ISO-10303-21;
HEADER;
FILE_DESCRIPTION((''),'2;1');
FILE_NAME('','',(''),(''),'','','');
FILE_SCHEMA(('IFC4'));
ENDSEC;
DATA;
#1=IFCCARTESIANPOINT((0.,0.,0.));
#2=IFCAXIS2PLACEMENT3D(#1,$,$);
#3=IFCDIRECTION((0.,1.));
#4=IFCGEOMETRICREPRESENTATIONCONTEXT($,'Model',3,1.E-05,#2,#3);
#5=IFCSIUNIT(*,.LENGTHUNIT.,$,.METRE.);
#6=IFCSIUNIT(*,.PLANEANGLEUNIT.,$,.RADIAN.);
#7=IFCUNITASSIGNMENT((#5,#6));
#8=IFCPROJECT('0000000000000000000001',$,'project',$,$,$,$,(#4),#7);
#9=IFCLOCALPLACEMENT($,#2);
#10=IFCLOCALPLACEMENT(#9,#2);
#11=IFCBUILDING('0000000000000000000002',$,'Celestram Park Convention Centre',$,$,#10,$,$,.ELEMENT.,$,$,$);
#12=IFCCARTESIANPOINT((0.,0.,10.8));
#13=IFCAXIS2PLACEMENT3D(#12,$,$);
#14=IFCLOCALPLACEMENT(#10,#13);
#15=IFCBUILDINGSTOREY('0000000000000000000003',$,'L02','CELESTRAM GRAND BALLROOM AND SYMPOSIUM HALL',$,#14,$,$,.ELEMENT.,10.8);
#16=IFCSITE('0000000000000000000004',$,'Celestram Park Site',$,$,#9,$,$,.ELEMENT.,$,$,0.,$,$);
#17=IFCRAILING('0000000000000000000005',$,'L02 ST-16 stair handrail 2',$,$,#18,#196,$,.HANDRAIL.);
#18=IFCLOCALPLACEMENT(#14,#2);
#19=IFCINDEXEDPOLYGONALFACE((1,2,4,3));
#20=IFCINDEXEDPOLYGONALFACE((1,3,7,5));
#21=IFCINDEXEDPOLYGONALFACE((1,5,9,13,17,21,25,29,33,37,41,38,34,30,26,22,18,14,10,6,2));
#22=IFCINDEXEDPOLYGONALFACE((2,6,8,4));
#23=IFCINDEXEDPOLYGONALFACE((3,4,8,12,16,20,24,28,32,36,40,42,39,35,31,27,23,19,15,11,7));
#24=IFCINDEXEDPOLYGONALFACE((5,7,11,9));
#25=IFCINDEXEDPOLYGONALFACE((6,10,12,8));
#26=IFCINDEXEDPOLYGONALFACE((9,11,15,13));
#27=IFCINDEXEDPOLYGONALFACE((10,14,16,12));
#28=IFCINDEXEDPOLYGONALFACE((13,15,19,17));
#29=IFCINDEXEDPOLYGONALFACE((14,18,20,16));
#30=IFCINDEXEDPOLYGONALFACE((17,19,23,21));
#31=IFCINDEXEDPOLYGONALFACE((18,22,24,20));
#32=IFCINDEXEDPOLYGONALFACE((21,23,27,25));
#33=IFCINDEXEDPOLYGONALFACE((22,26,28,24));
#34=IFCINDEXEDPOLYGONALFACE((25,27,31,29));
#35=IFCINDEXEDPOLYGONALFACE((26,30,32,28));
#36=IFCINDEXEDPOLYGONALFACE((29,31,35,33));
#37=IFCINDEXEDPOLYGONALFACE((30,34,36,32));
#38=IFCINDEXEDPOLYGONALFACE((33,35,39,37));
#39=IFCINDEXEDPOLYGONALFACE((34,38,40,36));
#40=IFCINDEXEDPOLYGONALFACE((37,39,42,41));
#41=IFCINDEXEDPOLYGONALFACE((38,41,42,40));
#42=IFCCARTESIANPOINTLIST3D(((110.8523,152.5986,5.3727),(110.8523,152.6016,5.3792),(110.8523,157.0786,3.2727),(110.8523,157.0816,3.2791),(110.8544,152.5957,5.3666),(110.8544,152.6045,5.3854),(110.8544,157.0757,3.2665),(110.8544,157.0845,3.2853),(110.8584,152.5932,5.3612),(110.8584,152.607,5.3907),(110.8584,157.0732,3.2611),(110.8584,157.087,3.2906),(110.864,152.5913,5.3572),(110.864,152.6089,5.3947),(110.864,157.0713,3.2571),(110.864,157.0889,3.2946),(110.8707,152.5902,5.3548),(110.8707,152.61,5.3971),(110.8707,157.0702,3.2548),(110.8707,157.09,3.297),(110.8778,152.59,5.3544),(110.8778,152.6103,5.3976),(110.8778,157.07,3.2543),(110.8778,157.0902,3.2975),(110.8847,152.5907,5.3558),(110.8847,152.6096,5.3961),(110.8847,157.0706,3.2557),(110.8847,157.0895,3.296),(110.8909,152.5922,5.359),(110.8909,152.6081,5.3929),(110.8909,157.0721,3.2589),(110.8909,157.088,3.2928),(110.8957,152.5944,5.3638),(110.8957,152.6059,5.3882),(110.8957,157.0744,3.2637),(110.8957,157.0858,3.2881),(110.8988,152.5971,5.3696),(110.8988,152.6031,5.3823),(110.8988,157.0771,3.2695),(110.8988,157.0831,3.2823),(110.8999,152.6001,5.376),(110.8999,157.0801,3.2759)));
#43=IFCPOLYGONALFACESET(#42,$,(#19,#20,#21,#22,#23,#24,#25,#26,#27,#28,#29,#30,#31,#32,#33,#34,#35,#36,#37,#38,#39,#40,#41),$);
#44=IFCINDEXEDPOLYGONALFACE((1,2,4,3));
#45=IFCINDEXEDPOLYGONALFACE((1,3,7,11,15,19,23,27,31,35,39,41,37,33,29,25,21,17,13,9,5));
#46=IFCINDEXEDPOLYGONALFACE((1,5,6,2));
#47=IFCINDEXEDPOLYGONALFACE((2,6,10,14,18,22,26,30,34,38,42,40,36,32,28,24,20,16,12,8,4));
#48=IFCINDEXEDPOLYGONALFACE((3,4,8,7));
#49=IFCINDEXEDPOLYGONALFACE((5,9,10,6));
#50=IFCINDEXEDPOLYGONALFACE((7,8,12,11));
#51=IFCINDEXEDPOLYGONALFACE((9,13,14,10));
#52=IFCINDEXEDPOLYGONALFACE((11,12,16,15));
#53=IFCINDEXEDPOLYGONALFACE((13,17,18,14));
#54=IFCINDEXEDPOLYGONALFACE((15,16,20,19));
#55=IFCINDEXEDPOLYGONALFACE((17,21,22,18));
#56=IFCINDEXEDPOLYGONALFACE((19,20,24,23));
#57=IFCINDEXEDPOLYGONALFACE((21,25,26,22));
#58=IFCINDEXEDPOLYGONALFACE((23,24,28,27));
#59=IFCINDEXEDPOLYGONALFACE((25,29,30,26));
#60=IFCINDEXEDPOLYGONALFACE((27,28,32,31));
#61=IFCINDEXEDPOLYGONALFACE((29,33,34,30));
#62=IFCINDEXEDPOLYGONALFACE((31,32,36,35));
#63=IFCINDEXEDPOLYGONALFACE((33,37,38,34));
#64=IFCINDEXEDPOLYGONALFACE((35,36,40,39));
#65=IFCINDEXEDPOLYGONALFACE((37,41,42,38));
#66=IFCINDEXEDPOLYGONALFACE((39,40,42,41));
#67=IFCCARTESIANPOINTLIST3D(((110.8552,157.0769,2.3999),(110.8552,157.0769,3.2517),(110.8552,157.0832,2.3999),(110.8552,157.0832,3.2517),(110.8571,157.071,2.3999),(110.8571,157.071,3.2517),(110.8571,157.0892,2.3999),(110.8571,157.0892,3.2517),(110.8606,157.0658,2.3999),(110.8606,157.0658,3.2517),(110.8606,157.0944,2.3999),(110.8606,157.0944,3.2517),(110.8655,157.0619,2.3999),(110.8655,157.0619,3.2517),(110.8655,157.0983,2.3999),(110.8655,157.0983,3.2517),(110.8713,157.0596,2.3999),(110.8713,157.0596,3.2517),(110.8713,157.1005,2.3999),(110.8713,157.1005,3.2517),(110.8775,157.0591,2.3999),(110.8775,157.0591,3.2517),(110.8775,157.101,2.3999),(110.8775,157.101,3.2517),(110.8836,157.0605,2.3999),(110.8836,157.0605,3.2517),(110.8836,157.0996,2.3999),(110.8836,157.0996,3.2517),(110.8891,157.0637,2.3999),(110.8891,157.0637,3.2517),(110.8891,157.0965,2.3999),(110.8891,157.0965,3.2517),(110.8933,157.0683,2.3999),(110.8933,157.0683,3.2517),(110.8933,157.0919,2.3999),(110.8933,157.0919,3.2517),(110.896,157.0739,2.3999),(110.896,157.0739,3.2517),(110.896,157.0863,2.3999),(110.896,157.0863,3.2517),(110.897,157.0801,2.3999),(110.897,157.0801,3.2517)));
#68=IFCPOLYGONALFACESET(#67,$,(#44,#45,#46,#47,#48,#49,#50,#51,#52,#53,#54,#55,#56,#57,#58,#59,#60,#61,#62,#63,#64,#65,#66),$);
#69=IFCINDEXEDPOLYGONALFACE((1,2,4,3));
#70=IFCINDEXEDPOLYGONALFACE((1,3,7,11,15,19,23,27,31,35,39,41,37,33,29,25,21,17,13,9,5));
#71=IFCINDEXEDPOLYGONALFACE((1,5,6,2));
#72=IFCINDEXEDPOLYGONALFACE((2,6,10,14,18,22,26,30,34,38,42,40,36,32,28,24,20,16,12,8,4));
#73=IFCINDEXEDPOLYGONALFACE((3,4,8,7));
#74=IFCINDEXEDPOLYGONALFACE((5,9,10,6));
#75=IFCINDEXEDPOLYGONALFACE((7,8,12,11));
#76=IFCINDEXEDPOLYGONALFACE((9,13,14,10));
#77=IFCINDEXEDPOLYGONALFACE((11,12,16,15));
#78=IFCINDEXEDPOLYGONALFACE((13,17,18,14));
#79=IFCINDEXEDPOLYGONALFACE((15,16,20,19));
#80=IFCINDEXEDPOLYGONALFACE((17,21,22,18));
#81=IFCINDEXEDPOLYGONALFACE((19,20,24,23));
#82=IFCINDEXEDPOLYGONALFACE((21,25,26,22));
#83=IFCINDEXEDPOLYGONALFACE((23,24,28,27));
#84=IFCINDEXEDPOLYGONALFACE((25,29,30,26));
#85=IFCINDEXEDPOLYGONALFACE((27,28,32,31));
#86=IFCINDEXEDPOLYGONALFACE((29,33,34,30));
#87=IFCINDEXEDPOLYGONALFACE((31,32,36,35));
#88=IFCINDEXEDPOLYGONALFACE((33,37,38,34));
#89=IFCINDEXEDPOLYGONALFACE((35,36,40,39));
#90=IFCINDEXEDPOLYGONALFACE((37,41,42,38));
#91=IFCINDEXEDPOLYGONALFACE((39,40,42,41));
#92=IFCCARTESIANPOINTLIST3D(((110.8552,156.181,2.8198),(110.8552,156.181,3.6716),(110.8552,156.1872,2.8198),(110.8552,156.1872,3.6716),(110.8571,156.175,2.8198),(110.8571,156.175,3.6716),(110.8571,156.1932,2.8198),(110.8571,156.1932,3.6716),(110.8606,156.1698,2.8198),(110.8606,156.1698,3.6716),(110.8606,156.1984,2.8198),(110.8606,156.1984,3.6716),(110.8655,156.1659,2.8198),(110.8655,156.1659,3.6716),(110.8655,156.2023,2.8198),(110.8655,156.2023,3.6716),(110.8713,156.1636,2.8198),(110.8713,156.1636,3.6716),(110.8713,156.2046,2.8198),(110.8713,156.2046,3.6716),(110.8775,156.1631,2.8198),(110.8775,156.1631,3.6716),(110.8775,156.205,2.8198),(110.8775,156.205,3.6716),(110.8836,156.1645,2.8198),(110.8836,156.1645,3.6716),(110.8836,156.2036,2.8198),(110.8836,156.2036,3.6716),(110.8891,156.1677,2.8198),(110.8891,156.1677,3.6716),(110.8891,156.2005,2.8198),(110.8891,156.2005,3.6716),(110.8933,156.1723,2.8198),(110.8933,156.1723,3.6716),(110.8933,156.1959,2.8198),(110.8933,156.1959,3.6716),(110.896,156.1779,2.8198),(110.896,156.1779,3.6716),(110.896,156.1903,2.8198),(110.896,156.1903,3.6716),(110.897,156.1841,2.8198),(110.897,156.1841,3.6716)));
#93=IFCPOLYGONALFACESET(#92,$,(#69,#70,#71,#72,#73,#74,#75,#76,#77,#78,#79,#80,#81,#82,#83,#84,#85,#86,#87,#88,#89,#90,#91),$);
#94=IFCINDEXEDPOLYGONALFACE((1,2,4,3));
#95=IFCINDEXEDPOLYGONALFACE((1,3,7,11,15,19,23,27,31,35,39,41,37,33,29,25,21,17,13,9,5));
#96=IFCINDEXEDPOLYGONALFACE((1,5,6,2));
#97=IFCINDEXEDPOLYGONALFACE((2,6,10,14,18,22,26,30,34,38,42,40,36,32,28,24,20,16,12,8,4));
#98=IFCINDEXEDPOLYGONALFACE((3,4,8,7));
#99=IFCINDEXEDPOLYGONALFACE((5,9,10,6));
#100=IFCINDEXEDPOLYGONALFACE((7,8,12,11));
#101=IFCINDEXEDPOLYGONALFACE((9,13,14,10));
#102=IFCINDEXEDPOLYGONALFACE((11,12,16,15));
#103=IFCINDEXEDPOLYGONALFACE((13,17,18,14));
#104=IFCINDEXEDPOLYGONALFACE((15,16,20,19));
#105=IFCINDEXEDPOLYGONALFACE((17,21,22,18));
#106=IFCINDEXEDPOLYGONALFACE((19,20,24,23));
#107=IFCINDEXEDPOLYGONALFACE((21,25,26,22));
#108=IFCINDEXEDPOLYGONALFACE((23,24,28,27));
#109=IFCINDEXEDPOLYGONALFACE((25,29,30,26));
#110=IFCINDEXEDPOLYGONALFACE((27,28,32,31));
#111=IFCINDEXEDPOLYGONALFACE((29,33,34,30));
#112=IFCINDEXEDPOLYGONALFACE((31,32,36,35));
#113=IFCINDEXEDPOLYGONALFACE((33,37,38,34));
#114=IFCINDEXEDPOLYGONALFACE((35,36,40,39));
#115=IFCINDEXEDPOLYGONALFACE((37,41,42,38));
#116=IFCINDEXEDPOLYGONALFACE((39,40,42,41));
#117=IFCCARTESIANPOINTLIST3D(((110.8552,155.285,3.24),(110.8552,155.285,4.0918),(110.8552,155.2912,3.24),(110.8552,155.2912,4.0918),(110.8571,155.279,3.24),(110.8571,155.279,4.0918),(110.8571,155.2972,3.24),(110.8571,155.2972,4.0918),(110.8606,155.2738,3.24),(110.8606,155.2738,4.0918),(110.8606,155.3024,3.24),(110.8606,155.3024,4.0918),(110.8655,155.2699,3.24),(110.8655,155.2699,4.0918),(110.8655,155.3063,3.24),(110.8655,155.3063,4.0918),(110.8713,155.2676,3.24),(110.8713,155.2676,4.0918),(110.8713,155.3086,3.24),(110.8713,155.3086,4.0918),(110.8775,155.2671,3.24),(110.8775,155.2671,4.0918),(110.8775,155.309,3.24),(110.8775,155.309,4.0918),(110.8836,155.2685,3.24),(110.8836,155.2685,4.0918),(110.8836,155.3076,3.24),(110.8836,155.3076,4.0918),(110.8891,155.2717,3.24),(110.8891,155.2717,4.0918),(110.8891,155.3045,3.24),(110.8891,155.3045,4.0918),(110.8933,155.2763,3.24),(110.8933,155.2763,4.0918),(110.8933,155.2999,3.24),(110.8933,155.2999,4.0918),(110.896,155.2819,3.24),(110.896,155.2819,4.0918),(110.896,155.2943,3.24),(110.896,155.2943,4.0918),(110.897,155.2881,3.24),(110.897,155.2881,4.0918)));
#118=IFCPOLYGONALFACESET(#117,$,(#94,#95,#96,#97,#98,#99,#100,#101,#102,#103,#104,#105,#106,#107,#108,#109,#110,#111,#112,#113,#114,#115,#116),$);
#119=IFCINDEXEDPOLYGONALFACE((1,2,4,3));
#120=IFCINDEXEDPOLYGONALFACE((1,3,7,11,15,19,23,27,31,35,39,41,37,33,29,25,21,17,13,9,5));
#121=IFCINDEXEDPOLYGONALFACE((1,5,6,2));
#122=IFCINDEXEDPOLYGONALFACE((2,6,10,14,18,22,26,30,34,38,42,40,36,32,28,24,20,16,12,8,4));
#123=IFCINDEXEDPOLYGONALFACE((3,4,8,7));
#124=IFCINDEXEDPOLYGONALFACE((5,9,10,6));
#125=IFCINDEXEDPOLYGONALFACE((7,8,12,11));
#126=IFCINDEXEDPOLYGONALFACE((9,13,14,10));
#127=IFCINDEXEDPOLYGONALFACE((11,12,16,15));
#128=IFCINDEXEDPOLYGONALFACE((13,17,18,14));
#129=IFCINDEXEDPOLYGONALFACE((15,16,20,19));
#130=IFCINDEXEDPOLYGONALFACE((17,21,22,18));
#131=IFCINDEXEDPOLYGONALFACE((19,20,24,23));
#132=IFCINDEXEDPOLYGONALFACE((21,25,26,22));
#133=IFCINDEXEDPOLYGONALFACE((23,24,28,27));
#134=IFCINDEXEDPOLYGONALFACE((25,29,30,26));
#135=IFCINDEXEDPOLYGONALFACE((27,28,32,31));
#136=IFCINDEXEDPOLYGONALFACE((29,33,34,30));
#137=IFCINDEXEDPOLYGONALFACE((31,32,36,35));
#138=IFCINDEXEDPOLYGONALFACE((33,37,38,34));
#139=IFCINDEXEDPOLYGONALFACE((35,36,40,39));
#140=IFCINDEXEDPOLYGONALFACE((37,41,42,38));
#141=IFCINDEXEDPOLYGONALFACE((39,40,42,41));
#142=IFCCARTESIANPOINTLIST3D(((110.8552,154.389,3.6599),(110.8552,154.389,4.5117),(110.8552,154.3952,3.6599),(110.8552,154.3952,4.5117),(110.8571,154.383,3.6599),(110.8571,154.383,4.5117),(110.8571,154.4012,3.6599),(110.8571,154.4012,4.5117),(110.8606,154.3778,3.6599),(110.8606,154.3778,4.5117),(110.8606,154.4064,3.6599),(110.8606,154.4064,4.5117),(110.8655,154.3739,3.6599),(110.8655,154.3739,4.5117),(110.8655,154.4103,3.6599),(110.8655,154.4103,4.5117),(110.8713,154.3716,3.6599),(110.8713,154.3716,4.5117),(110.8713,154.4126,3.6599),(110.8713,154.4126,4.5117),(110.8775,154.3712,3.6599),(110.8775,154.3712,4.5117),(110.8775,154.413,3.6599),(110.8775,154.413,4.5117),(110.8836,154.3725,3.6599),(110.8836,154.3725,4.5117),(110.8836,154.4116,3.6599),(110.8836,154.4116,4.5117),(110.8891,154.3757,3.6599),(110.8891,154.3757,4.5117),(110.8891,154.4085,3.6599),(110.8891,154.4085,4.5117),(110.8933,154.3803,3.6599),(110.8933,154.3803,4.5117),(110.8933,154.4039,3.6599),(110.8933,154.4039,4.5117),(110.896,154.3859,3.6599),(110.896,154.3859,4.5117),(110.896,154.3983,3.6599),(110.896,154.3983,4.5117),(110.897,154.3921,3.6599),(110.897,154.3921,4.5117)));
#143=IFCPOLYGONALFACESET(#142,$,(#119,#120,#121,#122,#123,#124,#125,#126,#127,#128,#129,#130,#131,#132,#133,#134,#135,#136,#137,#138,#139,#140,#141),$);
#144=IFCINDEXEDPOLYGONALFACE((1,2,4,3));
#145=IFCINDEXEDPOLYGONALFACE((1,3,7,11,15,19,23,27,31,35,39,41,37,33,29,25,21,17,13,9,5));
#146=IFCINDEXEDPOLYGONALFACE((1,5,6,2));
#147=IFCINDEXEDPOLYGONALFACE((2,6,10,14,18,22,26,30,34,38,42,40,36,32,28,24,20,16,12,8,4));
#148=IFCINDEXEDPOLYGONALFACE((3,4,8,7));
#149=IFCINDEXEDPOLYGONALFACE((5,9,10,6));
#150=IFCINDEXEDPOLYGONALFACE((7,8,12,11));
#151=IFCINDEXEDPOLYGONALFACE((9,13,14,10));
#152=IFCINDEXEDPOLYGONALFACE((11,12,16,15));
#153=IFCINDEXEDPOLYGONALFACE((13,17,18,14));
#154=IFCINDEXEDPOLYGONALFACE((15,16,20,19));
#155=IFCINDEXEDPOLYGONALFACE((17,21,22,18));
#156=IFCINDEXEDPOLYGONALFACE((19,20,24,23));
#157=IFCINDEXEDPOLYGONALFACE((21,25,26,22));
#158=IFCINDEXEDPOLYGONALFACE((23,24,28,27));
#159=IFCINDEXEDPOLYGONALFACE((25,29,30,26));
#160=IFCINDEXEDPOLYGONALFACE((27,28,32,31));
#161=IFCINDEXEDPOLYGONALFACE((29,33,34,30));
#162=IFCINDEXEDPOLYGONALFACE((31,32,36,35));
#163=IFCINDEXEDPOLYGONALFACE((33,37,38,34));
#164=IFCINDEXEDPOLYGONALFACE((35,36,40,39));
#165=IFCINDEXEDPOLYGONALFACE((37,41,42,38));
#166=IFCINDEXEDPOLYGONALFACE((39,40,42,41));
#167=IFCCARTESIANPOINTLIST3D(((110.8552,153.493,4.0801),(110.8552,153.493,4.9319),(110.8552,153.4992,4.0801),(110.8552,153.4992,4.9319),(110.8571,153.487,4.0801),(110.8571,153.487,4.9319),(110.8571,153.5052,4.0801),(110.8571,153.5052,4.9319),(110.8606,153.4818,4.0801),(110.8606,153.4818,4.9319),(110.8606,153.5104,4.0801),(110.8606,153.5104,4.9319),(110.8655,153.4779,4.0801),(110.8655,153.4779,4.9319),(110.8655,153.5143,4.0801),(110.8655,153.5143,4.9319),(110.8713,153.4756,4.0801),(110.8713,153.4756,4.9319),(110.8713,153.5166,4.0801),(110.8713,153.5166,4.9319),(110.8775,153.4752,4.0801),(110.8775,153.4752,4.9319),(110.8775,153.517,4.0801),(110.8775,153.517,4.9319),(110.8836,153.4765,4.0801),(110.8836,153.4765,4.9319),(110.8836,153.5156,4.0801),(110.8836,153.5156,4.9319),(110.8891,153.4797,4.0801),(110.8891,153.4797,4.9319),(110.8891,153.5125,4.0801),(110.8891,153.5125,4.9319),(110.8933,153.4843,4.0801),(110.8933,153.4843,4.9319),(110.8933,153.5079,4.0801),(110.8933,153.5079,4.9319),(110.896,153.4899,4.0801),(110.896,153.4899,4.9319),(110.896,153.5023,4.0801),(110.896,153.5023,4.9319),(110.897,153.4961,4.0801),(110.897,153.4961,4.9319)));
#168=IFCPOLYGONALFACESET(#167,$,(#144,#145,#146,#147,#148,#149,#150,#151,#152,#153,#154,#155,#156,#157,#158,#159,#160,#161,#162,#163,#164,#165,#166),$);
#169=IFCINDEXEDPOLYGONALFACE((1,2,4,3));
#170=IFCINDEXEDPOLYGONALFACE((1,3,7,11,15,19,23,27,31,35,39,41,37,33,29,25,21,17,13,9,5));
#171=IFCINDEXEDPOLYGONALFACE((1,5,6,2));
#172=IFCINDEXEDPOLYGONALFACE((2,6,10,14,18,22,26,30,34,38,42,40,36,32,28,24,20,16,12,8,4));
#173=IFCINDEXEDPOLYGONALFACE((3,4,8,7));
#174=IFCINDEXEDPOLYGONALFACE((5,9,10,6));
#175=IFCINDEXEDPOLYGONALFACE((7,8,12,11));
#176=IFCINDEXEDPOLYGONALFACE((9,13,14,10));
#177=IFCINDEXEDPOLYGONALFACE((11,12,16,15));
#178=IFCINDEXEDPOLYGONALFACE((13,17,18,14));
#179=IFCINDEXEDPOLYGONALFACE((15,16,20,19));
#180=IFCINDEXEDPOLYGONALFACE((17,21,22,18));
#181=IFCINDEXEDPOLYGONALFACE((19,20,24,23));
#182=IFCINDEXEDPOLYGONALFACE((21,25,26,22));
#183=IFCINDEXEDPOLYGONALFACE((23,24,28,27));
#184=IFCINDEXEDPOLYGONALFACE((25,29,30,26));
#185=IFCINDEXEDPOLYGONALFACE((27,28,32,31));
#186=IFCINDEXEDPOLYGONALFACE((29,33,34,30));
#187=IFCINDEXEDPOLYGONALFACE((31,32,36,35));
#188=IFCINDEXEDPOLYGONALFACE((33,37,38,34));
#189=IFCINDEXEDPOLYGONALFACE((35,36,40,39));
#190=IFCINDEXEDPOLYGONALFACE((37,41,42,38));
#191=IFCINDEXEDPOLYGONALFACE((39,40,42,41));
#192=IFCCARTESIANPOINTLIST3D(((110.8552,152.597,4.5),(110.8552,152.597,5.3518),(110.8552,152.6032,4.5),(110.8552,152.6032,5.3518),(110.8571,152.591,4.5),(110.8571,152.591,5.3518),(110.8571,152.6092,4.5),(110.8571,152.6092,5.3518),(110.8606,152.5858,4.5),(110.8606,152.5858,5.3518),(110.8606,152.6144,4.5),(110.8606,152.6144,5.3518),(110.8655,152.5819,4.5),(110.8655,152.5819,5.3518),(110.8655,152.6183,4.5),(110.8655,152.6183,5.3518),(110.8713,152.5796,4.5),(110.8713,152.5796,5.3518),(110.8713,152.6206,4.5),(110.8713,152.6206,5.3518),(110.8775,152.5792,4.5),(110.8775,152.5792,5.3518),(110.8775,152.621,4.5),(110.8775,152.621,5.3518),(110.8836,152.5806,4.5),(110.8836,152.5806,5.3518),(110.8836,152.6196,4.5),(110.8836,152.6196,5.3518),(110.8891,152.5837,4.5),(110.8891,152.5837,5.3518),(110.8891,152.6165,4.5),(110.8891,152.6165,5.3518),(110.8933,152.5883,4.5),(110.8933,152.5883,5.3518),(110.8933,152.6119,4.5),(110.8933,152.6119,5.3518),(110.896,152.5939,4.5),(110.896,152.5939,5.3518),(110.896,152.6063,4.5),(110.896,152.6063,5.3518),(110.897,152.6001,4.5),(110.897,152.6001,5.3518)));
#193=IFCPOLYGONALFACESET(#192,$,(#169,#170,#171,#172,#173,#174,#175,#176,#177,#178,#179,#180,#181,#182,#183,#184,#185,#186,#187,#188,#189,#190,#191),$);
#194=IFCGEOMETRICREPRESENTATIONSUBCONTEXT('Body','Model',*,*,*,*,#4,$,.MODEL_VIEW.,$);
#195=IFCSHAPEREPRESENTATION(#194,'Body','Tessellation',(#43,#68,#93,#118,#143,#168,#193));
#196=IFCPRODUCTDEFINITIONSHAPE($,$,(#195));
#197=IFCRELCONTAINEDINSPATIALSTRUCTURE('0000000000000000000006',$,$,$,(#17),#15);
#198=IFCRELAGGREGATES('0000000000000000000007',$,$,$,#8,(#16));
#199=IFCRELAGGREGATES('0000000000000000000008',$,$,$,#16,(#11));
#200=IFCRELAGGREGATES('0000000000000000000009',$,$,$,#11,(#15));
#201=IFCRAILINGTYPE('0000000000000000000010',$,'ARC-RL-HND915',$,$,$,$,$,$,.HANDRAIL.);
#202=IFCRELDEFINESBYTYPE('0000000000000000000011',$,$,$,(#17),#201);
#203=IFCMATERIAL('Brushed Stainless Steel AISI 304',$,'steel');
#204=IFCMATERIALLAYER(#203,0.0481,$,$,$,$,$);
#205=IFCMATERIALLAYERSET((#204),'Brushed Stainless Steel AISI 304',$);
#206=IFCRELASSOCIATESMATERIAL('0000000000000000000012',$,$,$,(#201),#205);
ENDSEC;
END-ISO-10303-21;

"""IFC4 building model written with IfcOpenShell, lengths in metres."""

from ifc_helpers import new_model, si_unit, direction, frame, origin, origin_2d, place, context, subcontext, project, spatial, circle, extrude, material, layer, layer_set, type_object, element, save


model = new_model("IFC4")

# Units and contexts
model_context = context("Model", 3, precision=1e-05, world=origin(), true_north=direction((0.0, 1.0)))
body_context = subcontext(model_context, "Body", "Model", "MODEL_VIEW")
ifc_project = project(units=[si_unit("LENGTHUNIT", "METRE"), si_unit("PLANEANGLEUNIT", "RADIAN")], contexts=[model_context])

# Site, building, storey
site_placement = place(None, origin())
site = spatial("IfcSite", under=ifc_project, at=site_placement, Name="Celestram Park Site", CompositionType="ELEMENT", RefElevation=0.0)
building_placement = place(site_placement, origin())
building = spatial("IfcBuilding", under=site, at=building_placement, Name="Celestram Park Convention Centre", CompositionType="ELEMENT")
storey_placement = place(building_placement, frame((0.0, 0.0, 10.8)))
storey = spatial("IfcBuildingStorey", under=building, at=storey_placement, Name="L02", Description="CELESTRAM GRAND BALLROOM AND SYMPOSIUM HALL", CompositionType="ELEMENT", Elevation=10.8)

# Railing
ifc_material_1 = material(Name="Brushed Stainless Steel AISI 304", Category="steel")
ifc_layer_1 = layer(ifc_material_1, 0.0481)
ifc_layer_set_1 = layer_set([ifc_layer_1], Name="Brushed Stainless Steel AISI 304")
railing_type_1 = type_object("IfcRailingType", Name="ARC-RL-HND915", PredefinedType="HANDRAIL", material=ifc_layer_set_1)
railing_1_placement = place(storey_placement, frame((110.876, 157.0801, 2.3999)))
element("IfcRailing", 1, at=railing_1_placement, inside=storey, type_object=railing_type_1, Name="L02 ST-16 stair handrail 2", PredefinedType="HANDRAIL", context=body_context, shape_type="SweptSolid", body=[
    extrude(circle(Radius=0.0239, at=origin_2d()), frame((0.0, 0.0, 0.876), z_axis=(0.0, -0.905451, 0.424452), x_axis=(1.0, 0.0, 0.0)), (0.0, 0.0, 1.0), 4.9478),
    extrude(circle(Radius=0.021, at=origin_2d()), origin(), (0.0, 0.0, 1.0), 0.8518),
    extrude(circle(Radius=0.021, at=origin_2d()), frame((0.0, -0.896, 0.4199)), (0.0, 0.0, 1.0), 0.8518),
    extrude(circle(Radius=0.021, at=origin_2d()), frame((0.0, -1.792, 0.8401)), (0.0, 0.0, 1.0), 0.8518),
    extrude(circle(Radius=0.021, at=origin_2d()), frame((0.0, -2.688, 1.26)), (0.0, 0.0, 1.0), 0.8518),
    extrude(circle(Radius=0.021, at=origin_2d()), frame((0.0, -3.584, 1.6802)), (0.0, 0.0, 1.0), 0.8518),
    extrude(circle(Radius=0.021, at=origin_2d()), frame((0.0, -4.48, 2.1001)), (0.0, 0.0, 1.0), 0.8518),
])

save(model, "model.ifc")
